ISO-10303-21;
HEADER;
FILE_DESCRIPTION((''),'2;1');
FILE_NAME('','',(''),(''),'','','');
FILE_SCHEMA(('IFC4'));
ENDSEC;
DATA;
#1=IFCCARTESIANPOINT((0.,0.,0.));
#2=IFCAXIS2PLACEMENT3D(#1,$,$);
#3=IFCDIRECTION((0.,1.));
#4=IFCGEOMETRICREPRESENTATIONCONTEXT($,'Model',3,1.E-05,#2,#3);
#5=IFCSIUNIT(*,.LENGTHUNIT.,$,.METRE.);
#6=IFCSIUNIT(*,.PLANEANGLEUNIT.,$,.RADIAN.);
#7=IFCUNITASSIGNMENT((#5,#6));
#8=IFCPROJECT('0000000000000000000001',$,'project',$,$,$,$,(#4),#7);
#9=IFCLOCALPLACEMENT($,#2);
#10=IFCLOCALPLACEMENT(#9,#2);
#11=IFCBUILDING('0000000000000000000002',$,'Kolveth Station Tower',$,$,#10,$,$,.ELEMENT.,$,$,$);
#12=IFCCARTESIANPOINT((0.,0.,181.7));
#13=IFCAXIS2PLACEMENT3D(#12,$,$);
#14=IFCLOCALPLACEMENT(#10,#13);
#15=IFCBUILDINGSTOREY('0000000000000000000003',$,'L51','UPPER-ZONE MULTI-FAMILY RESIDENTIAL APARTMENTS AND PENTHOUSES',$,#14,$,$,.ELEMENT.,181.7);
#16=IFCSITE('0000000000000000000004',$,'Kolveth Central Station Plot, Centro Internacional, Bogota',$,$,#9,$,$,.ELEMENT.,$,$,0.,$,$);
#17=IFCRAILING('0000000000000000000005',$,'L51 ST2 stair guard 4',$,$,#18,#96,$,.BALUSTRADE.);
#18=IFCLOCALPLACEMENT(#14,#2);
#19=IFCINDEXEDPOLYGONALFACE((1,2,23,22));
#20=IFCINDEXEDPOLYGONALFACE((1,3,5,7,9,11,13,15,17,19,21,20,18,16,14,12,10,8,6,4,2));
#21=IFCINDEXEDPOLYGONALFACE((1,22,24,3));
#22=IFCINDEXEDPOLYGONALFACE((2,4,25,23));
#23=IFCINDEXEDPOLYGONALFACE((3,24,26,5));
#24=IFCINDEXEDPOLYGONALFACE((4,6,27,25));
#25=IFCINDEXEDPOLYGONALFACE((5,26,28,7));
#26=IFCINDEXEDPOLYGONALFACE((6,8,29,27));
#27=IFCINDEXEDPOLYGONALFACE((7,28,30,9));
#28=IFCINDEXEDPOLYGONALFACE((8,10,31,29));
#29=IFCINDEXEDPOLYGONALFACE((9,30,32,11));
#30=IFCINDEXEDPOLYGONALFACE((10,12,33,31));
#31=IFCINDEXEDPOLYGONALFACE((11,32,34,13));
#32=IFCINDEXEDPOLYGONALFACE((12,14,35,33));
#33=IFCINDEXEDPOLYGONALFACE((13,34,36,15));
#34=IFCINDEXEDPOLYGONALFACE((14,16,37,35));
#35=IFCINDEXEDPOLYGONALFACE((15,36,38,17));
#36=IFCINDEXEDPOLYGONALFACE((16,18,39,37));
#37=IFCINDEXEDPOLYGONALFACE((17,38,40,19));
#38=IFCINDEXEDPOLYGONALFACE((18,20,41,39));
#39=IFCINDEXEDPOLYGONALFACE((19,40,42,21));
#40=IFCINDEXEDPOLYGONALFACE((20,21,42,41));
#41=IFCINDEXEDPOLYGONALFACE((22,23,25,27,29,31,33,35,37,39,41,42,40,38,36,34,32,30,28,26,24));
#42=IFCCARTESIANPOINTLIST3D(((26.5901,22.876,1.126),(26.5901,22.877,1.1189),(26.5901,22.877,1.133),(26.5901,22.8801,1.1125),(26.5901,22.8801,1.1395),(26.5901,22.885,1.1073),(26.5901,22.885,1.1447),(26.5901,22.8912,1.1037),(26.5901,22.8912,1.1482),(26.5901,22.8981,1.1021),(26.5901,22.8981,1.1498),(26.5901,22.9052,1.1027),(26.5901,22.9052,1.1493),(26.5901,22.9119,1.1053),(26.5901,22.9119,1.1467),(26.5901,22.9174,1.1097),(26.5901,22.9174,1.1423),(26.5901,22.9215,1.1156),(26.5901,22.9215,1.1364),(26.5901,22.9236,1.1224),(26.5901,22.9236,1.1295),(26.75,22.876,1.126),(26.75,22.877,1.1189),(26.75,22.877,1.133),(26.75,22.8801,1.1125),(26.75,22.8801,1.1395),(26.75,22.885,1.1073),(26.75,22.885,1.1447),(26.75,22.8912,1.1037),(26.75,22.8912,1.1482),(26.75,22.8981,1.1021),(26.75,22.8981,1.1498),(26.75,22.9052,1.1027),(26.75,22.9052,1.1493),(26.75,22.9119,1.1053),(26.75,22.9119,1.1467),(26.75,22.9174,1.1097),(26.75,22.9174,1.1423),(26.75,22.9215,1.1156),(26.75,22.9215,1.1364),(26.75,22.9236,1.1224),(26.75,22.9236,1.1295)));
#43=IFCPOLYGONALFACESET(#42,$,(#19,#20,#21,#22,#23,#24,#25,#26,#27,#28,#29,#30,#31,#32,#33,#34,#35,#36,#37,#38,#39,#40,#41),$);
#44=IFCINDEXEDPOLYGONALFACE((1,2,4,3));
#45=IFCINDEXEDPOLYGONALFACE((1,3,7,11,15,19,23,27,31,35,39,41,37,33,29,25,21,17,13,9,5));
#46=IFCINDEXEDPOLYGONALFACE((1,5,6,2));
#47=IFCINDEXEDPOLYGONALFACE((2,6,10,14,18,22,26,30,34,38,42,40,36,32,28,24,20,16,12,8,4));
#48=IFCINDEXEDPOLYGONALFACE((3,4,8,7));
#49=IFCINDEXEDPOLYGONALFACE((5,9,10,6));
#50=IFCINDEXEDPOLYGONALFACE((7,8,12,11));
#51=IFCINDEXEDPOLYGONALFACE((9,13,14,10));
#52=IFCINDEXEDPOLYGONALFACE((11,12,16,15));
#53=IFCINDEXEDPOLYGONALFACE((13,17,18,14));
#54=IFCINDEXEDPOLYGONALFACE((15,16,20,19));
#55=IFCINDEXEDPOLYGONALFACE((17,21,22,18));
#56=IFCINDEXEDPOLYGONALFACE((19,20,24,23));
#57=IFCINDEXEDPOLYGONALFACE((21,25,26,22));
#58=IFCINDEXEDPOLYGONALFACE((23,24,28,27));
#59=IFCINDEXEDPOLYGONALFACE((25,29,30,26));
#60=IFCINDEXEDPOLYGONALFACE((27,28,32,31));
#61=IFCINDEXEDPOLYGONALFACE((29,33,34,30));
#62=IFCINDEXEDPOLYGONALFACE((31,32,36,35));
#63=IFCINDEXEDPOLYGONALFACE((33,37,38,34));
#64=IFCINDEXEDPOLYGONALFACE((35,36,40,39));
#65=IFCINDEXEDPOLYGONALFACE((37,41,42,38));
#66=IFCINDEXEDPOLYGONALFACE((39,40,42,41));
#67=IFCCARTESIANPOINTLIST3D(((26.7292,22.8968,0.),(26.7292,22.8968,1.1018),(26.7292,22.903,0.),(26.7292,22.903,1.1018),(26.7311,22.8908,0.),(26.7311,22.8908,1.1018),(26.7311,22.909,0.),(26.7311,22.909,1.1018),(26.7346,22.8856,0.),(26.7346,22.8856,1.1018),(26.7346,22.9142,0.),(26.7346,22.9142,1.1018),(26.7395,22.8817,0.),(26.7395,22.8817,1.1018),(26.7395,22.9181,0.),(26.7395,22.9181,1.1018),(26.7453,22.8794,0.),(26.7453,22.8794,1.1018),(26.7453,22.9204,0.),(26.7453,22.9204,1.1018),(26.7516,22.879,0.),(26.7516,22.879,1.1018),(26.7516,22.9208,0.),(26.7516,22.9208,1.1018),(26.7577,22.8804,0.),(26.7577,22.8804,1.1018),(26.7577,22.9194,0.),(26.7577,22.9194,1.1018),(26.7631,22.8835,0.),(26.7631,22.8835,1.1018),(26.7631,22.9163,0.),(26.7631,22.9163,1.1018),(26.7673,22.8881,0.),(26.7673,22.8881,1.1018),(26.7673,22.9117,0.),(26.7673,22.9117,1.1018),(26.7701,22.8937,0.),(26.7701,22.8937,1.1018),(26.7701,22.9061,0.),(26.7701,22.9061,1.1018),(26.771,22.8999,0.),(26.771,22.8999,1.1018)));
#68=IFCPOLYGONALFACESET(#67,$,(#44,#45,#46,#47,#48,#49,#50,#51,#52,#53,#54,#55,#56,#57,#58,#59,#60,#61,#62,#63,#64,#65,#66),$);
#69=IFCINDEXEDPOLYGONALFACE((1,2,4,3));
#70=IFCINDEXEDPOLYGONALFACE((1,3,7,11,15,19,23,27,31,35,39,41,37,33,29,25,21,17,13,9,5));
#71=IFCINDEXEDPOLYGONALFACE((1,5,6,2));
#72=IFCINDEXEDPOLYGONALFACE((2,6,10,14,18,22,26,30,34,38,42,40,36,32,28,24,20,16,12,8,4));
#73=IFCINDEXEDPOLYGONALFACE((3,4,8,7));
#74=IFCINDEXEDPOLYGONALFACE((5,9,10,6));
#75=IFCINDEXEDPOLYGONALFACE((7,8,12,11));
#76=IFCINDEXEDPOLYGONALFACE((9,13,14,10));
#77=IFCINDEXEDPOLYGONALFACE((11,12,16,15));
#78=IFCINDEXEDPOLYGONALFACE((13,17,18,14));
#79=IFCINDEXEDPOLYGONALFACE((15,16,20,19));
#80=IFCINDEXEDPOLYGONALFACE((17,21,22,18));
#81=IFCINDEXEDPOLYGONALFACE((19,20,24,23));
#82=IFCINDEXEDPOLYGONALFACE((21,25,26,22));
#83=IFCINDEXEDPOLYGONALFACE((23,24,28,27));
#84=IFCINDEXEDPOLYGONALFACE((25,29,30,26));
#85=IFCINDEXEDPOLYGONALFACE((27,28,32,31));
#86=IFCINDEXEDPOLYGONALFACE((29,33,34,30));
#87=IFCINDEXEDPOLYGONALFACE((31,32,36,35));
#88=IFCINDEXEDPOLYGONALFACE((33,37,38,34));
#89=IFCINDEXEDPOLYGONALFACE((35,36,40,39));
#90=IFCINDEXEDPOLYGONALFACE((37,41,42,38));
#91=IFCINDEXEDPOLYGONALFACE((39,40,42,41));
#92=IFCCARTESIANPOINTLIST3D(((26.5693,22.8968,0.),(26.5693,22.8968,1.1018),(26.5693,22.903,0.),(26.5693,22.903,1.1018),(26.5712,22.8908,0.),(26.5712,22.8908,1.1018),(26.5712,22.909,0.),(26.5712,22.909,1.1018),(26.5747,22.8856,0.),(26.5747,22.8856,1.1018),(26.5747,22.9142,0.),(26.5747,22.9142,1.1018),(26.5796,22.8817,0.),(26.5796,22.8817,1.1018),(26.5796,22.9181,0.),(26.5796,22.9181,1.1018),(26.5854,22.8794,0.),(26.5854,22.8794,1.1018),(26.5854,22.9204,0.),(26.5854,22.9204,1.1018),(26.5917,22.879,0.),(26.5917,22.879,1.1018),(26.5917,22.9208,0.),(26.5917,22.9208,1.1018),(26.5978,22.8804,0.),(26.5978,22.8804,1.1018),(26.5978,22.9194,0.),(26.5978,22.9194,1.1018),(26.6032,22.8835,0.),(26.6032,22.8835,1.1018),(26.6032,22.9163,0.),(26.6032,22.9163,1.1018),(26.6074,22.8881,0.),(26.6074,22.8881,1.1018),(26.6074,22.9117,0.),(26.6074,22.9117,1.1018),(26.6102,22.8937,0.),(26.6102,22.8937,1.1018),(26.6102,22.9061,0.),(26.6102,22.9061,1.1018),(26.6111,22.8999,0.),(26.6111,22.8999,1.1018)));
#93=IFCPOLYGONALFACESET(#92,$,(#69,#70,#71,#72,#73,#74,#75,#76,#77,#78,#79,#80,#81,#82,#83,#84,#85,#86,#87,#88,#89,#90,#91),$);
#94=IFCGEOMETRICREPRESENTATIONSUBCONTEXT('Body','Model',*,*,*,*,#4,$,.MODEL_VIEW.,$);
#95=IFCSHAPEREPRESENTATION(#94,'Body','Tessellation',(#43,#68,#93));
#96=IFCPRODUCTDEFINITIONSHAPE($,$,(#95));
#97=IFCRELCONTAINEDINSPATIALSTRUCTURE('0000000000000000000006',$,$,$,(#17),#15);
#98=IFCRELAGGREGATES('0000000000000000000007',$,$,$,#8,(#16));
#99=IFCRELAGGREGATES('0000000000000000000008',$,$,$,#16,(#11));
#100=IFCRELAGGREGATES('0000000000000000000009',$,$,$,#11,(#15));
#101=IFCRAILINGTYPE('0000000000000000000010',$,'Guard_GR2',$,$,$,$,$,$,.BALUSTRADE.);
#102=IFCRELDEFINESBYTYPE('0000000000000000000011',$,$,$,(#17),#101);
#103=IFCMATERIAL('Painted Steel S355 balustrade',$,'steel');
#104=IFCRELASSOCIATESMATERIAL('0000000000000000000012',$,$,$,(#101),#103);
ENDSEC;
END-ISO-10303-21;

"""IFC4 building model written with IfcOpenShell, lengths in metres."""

from ifc_helpers import new_model, si_unit, direction, frame, origin, origin_2d, place, context, subcontext, project, spatial, circle, extrude, material, type_object, element, save


model = new_model("IFC4")

# Units and contexts
model_context = context("Model", 3, precision=1e-05, world=origin(), true_north=direction((0.0, 1.0)))
body_context = subcontext(model_context, "Body", "Model", "MODEL_VIEW")
ifc_project = project(units=[si_unit("LENGTHUNIT", "METRE"), si_unit("PLANEANGLEUNIT", "RADIAN")], contexts=[model_context])

# Site, building, storey
site_placement = place(None, origin())
site = spatial("IfcSite", under=ifc_project, at=site_placement, Name="Kolveth Central Station Plot, Centro Internacional, Bogota", CompositionType="ELEMENT", RefElevation=0.0)
building_placement = place(site_placement, origin())
building = spatial("IfcBuilding", under=site, at=building_placement, Name="Kolveth Station Tower", CompositionType="ELEMENT")
storey_placement = place(building_placement, frame((0.0, 0.0, 181.7)))
storey = spatial("IfcBuildingStorey", under=building, at=storey_placement, Name="L51", Description="UPPER-ZONE MULTI-FAMILY RESIDENTIAL APARTMENTS AND PENTHOUSES", CompositionType="ELEMENT", Elevation=181.7)

# Railing
ifc_material_1 = material(Name="Painted Steel S355 balustrade", Category="steel")
railing_type_1 = type_object("IfcRailingType", Name="Guard_GR2", PredefinedType="BALUSTRADE", material=ifc_material_1)
railing_1_placement = place(storey_placement, frame((26.75, 22.8999, 0.0)))
element("IfcRailing", 1, at=railing_1_placement, inside=storey, type_object=railing_type_1, Name="L51 ST2 stair guard 4", PredefinedType="BALUSTRADE", context=body_context, shape_type="SweptSolid", body=[
    extrude(circle(Radius=0.0239, at=origin_2d()), frame((0.0, 0.0, 1.126), z_axis=(-1.0, 0.0, 0.0), x_axis=(0.0, -1.0, 0.0)), (0.0, 0.0, 1.0), 0.1599),
    extrude(circle(Radius=0.021, at=origin_2d()), origin(), (0.0, 0.0, 1.0), 1.1018),
    extrude(circle(Radius=0.021, at=origin_2d()), frame((-0.1599, 0.0, 0.0)), (0.0, 0.0, 1.0), 1.1018),
])

save(model, "model.ifc")
